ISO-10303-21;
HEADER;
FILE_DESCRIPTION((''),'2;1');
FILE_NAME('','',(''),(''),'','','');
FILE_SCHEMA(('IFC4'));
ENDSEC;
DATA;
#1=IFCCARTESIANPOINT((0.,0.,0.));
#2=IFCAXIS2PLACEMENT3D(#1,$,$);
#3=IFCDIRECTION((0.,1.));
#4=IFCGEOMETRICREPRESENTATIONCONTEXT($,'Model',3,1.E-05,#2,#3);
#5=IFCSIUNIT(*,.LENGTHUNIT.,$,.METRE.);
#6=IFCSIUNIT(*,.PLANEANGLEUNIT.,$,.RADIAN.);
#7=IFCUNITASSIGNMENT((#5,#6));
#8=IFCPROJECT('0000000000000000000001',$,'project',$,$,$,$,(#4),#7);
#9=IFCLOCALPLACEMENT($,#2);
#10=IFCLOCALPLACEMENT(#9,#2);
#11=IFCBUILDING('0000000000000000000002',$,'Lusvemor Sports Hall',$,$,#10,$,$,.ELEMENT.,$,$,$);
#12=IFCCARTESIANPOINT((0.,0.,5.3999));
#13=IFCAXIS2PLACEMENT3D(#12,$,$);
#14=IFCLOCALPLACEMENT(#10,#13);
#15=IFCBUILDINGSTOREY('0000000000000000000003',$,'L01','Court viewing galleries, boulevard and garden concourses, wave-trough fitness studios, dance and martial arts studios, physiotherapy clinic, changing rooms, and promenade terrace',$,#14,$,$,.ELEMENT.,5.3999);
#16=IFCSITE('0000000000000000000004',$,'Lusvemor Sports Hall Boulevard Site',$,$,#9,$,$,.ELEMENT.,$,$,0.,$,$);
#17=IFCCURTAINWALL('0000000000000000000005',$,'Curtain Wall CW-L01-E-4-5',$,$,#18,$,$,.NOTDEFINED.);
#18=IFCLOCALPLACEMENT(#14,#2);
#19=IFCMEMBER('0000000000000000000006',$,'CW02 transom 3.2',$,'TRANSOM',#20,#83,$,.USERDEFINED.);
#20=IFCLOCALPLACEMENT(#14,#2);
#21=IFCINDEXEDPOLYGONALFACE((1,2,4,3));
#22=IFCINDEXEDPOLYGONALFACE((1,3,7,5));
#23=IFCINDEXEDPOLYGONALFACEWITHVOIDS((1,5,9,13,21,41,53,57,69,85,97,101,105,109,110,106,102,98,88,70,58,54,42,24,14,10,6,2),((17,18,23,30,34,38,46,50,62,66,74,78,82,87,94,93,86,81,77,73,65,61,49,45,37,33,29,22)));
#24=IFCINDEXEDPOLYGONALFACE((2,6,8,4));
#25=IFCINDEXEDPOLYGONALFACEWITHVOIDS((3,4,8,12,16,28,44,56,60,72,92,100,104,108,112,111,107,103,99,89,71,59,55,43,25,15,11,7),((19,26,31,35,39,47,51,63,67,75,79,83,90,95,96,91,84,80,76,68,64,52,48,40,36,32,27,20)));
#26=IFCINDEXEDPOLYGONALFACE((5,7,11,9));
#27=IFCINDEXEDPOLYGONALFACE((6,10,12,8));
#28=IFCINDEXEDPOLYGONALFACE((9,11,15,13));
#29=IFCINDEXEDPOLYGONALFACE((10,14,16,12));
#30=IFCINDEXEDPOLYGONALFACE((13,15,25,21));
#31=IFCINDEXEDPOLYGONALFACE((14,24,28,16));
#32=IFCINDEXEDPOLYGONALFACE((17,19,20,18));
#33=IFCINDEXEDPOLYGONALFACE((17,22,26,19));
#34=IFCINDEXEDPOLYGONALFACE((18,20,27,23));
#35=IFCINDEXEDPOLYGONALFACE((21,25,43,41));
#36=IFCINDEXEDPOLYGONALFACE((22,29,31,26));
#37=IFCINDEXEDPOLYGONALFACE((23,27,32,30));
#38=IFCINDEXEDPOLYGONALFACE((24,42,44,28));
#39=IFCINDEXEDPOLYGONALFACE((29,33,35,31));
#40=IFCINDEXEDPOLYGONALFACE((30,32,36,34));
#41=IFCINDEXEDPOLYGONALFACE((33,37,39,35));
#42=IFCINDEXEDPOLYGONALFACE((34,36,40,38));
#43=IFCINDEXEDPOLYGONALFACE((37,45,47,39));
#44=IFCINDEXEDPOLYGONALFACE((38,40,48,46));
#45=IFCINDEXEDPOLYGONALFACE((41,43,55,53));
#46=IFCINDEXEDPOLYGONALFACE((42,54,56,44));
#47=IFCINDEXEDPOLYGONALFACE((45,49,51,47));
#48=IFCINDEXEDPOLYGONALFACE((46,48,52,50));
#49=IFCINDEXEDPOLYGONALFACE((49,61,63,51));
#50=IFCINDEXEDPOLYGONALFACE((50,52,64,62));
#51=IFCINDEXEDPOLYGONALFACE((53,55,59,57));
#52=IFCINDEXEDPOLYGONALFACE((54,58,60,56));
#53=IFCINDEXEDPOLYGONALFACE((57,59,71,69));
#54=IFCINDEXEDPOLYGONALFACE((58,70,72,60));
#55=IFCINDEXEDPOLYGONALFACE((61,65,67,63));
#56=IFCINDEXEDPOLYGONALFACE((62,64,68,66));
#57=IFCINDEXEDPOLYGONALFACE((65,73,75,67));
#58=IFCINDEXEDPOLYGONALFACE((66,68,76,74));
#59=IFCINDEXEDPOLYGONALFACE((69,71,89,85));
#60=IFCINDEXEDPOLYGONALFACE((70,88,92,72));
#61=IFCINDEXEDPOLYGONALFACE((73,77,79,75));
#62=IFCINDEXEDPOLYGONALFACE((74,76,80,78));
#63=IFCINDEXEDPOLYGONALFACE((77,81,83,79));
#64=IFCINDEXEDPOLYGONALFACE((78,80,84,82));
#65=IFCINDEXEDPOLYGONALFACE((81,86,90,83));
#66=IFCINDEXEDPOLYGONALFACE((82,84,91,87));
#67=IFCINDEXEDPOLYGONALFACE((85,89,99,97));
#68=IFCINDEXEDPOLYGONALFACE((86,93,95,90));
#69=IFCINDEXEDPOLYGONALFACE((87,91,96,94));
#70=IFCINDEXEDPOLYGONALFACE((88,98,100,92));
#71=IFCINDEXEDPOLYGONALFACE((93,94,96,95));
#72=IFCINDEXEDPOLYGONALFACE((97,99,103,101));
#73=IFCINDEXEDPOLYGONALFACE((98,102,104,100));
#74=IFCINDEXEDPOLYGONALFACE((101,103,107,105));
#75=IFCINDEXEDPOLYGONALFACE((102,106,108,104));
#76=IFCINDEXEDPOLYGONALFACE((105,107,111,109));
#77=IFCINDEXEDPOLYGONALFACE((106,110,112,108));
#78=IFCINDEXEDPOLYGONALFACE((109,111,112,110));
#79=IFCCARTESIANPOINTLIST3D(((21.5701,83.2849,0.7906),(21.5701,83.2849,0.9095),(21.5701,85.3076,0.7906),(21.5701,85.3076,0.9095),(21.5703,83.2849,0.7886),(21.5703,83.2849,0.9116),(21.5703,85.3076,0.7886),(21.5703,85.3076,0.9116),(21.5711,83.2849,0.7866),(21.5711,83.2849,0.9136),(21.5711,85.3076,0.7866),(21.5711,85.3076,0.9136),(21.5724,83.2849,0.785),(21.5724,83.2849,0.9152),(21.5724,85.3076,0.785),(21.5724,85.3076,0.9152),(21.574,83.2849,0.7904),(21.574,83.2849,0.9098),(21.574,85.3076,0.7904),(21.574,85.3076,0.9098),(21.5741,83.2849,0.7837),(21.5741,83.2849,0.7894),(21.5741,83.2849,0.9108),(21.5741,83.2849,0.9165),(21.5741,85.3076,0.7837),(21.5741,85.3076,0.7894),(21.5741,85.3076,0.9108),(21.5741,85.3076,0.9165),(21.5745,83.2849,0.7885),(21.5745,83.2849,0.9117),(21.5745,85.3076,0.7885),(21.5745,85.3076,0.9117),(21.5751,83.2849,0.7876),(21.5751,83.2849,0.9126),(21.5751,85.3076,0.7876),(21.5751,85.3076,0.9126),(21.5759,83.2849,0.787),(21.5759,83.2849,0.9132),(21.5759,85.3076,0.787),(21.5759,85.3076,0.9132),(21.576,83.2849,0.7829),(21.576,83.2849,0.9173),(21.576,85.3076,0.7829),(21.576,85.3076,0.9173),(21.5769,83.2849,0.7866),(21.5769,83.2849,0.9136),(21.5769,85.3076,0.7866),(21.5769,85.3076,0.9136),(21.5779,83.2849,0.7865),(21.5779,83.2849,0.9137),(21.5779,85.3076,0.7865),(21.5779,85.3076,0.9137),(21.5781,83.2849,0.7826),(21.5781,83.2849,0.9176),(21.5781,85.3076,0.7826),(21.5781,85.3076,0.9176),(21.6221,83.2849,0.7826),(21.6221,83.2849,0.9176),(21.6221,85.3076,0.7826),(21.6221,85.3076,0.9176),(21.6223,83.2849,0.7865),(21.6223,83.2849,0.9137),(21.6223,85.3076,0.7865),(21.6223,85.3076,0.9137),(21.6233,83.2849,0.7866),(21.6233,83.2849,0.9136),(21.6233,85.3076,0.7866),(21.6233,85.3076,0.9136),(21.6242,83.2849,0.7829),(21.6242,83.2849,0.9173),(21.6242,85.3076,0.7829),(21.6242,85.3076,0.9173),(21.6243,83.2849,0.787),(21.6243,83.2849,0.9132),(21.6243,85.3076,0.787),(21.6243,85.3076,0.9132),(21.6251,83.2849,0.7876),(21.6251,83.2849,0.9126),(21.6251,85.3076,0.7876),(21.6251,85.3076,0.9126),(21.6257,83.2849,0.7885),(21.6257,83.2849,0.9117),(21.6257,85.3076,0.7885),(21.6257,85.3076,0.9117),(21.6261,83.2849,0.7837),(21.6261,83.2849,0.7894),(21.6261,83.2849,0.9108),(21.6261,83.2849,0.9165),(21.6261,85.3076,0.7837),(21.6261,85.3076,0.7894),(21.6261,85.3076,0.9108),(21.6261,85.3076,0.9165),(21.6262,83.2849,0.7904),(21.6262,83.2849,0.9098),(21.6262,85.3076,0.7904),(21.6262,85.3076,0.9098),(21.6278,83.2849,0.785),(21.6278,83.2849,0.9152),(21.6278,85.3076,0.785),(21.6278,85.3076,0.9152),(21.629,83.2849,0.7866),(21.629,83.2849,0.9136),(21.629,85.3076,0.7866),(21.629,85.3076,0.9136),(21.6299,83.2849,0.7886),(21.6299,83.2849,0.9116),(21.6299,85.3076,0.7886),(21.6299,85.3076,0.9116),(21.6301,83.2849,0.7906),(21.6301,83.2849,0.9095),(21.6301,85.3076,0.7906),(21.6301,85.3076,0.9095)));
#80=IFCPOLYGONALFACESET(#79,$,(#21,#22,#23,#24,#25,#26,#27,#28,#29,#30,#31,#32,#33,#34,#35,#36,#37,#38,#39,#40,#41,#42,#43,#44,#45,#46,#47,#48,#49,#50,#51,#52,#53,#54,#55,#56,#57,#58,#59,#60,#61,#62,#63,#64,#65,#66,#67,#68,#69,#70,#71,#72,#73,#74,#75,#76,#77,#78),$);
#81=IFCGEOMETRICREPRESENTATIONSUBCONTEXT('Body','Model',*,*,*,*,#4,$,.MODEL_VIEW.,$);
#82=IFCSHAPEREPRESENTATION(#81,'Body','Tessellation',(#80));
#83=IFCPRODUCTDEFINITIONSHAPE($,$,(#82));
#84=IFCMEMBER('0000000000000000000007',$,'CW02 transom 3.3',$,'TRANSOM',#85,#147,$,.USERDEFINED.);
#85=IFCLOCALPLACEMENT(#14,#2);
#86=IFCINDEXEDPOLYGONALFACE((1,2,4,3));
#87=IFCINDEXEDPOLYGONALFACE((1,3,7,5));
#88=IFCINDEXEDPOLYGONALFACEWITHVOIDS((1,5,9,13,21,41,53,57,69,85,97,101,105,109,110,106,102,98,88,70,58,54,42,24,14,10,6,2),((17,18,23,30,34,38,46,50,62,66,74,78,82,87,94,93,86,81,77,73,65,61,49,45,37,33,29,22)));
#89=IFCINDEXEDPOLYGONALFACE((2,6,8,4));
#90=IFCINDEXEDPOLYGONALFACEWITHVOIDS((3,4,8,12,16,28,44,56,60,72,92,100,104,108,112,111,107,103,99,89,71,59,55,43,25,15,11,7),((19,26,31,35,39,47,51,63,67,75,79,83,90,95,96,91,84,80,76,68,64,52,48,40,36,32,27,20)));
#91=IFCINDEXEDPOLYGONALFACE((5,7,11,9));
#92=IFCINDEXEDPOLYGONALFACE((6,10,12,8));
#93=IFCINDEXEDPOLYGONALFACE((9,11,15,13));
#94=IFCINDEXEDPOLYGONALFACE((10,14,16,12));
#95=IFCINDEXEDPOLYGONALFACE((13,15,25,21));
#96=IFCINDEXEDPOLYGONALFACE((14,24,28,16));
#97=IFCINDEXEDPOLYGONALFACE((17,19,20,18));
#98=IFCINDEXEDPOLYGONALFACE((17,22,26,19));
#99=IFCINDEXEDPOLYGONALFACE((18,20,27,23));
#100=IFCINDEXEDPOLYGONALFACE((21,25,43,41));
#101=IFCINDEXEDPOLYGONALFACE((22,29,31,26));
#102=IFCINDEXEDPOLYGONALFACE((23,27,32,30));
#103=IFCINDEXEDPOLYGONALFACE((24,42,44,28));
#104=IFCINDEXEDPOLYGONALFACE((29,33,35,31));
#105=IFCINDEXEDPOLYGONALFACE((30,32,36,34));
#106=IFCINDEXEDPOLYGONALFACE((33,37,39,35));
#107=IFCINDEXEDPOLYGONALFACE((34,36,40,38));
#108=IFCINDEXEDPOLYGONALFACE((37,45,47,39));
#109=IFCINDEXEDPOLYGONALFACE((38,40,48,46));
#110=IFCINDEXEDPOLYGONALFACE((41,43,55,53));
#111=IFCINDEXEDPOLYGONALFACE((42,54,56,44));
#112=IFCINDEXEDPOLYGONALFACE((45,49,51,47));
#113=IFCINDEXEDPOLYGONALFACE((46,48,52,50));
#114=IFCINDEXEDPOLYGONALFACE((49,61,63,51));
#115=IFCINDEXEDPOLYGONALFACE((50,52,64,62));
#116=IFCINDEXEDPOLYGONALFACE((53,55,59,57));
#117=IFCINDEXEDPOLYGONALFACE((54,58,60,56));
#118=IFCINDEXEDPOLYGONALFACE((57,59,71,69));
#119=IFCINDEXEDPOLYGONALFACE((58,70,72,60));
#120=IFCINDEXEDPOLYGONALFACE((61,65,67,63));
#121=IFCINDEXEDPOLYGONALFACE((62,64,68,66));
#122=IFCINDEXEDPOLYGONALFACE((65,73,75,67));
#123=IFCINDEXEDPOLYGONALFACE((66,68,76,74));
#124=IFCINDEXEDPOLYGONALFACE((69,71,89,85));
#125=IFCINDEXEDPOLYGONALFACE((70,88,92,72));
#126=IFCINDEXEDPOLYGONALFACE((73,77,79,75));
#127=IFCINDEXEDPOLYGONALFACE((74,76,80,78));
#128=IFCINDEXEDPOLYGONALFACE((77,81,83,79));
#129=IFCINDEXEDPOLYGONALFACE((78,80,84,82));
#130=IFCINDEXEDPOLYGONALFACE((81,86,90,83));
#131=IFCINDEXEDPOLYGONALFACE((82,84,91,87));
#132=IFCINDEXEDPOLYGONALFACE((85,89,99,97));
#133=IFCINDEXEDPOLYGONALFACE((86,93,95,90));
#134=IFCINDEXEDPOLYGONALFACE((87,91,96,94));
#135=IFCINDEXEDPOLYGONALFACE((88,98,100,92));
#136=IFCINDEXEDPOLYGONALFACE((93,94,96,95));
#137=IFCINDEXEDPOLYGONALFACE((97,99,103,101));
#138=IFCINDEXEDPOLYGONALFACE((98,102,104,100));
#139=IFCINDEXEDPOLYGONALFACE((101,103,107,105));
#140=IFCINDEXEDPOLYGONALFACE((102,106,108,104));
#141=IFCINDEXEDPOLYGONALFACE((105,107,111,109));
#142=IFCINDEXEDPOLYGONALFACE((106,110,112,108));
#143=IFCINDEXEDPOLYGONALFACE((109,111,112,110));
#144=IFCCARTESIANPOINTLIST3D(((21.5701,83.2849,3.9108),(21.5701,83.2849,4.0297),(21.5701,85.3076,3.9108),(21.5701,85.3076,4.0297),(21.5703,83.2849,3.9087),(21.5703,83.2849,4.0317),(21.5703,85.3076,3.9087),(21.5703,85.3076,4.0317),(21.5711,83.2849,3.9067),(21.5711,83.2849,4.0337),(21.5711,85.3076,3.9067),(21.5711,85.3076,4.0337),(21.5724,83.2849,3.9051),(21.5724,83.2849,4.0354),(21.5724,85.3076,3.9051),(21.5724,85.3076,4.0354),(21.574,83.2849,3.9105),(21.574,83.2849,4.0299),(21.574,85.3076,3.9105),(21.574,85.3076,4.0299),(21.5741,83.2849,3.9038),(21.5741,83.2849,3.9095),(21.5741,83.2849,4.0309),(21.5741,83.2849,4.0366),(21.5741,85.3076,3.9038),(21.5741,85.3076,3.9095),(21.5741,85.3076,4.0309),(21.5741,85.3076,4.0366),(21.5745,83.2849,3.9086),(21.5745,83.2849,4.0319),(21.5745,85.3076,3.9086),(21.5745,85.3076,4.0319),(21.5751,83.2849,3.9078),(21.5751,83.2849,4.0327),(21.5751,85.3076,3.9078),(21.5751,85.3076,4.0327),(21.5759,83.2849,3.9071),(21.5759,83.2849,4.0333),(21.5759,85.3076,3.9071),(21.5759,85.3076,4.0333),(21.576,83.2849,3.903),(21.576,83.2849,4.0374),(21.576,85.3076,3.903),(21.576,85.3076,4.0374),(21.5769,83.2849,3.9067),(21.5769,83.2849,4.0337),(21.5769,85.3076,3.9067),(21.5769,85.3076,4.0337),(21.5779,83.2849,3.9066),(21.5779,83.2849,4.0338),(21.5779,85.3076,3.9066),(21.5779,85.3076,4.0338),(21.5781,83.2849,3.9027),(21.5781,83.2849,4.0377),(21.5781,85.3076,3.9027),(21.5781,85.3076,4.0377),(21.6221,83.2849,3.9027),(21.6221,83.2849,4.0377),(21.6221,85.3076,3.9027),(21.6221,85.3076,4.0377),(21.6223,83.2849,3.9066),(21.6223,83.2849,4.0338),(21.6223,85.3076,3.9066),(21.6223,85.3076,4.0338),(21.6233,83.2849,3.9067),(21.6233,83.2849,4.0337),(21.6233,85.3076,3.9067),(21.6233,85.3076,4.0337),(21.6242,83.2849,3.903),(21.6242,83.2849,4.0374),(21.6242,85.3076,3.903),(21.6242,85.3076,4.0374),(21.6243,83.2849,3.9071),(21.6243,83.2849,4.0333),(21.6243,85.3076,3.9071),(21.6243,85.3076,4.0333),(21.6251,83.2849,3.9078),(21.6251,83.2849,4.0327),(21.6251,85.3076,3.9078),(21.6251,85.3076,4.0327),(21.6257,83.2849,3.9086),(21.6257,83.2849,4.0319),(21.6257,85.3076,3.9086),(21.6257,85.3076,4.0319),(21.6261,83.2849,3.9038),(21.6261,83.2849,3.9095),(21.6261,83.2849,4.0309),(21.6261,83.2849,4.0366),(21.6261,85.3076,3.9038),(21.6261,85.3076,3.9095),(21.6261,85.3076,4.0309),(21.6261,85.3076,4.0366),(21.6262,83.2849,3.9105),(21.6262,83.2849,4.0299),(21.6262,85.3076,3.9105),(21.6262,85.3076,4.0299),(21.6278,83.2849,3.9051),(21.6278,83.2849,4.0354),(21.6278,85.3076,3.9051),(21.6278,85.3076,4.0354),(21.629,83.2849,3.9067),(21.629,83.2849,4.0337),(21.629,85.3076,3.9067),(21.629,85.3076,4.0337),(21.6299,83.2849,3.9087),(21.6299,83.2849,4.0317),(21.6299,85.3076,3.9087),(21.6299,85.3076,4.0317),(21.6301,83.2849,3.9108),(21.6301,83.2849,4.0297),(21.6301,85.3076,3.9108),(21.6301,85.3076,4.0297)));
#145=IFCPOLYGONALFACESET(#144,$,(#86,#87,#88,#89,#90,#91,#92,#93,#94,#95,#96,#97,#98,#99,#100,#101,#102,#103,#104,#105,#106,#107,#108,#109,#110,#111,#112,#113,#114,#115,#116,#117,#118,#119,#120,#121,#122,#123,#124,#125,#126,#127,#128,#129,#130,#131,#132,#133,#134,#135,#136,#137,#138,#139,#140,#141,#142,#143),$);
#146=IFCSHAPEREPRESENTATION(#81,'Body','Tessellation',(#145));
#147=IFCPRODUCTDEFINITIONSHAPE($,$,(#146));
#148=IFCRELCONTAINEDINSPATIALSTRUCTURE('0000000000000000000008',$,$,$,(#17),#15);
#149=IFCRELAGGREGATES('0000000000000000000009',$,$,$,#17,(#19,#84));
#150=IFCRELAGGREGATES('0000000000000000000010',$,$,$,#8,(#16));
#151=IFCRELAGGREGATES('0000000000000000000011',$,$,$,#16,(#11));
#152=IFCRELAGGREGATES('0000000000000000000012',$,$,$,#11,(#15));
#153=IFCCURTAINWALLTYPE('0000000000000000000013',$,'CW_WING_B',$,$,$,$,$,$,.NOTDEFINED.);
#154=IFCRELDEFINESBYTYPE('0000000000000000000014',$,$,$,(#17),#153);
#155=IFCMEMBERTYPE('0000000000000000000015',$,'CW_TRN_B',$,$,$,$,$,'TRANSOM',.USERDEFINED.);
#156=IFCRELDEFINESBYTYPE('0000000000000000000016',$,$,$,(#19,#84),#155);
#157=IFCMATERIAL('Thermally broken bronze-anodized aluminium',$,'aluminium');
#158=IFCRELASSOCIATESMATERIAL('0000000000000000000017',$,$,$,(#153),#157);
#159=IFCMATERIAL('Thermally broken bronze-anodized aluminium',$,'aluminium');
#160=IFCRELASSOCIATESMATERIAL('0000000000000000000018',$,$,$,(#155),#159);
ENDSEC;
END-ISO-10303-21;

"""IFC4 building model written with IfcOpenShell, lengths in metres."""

from ifc_helpers import new_model, si_unit, direction, frame, origin, origin_2d, place, context, subcontext, project, spatial, hollow_rectangle, extrude, material, material_profile, profile_set, type_object, element, aggregate, save


model = new_model("IFC4")

# Units and contexts
model_context = context("Model", 3, precision=1e-05, world=origin(), true_north=direction((0.0, 1.0)))
body_context = subcontext(model_context, "Body", "Model", "MODEL_VIEW")
ifc_project = project(units=[si_unit("LENGTHUNIT", "METRE"), si_unit("PLANEANGLEUNIT", "RADIAN")], contexts=[model_context])

# Site, building, storey
site_placement = place(None, origin())
site = spatial("IfcSite", under=ifc_project, at=site_placement, Name="Lusvemor Sports Hall Boulevard Site", CompositionType="ELEMENT", RefElevation=0.0)
building_placement = place(site_placement, origin())
building = spatial("IfcBuilding", under=site, at=building_placement, Name="Lusvemor Sports Hall", CompositionType="ELEMENT")
storey_placement = place(building_placement, frame((0.0, 0.0, 5.3999)))
storey = spatial("IfcBuildingStorey", under=building, at=storey_placement, Name="L01", Description="Court viewing galleries, boulevard and garden concourses, wave-trough fitness studios, dance and martial arts studios, physiotherapy clinic, changing rooms, and promenade terrace", CompositionType="ELEMENT", Elevation=5.3999)

# Curtain wall
ifc_material_1 = material(Name="Thermally broken bronze-anodized aluminium", Category="aluminium")
curtain_wall_type = type_object("IfcCurtainWallType", Name="CW_WING_B", PredefinedType="NOTDEFINED", material=ifc_material_1)
curtain_wall_1_placement = place(storey_placement, origin())
curtain_wall_1 = element("IfcCurtainWall", 1, at=curtain_wall_1_placement, inside=storey, type_object=curtain_wall_type, Name="Curtain Wall CW-L01-E-4-5", PredefinedType="NOTDEFINED")

# Members
ifc_material_2 = material(Name="Thermally broken bronze-anodized aluminium", Category="aluminium")
ifc_material_profile_1 = material_profile(ifc_material_2, hollow_rectangle(XDim=0.0601, YDim=0.135, WallThickness=0.0039, InnerFilletRadius=0.0039, OuterFilletRadius=0.0081, at=origin_2d()), Name="CWTRN135x60x4")
ifc_profile_set_1 = profile_set([ifc_material_profile_1], Name="Thermally broken bronze-anodized aluminium")
member_type_1 = type_object("IfcMemberType", Name="CW_TRN_B", ElementType="TRANSOM", PredefinedType="USERDEFINED", material=ifc_profile_set_1)
member_1_placement = place(storey_placement, frame((21.6001, 85.3076, 0.8501), z_axis=(0.0, -1.0, 0.0), x_axis=(1.0, 0.0, 0.0)))
member_1 = element("IfcMember", 2, at=member_1_placement, type_object=member_type_1, Name="CW02 transom 3.2", ObjectType="TRANSOM", PredefinedType="USERDEFINED", context=body_context, shape_type="SweptSolid", body=[
    extrude(hollow_rectangle(XDim=0.0601, YDim=0.135, WallThickness=0.0039, InnerFilletRadius=0.0039, OuterFilletRadius=0.0081, at=origin_2d()), origin(), (0.0, 0.0, 1.0), 2.0227),
])
member_2_placement = place(storey_placement, frame((21.6001, 85.3076, 3.9702), z_axis=(0.0, -1.0, 0.0), x_axis=(1.0, 0.0, 0.0)))
member_2 = element("IfcMember", 3, at=member_2_placement, type_object=member_type_1, Name="CW02 transom 3.3", ObjectType="TRANSOM", PredefinedType="USERDEFINED", context=body_context, shape_type="SweptSolid", body=[
    extrude(hollow_rectangle(XDim=0.0601, YDim=0.135, WallThickness=0.0039, InnerFilletRadius=0.0039, OuterFilletRadius=0.0081, at=origin_2d()), origin(), (0.0, 0.0, 1.0), 2.0227),
])

aggregate(curtain_wall_1, [member_1, member_2])

save(model, "model.ifc")
